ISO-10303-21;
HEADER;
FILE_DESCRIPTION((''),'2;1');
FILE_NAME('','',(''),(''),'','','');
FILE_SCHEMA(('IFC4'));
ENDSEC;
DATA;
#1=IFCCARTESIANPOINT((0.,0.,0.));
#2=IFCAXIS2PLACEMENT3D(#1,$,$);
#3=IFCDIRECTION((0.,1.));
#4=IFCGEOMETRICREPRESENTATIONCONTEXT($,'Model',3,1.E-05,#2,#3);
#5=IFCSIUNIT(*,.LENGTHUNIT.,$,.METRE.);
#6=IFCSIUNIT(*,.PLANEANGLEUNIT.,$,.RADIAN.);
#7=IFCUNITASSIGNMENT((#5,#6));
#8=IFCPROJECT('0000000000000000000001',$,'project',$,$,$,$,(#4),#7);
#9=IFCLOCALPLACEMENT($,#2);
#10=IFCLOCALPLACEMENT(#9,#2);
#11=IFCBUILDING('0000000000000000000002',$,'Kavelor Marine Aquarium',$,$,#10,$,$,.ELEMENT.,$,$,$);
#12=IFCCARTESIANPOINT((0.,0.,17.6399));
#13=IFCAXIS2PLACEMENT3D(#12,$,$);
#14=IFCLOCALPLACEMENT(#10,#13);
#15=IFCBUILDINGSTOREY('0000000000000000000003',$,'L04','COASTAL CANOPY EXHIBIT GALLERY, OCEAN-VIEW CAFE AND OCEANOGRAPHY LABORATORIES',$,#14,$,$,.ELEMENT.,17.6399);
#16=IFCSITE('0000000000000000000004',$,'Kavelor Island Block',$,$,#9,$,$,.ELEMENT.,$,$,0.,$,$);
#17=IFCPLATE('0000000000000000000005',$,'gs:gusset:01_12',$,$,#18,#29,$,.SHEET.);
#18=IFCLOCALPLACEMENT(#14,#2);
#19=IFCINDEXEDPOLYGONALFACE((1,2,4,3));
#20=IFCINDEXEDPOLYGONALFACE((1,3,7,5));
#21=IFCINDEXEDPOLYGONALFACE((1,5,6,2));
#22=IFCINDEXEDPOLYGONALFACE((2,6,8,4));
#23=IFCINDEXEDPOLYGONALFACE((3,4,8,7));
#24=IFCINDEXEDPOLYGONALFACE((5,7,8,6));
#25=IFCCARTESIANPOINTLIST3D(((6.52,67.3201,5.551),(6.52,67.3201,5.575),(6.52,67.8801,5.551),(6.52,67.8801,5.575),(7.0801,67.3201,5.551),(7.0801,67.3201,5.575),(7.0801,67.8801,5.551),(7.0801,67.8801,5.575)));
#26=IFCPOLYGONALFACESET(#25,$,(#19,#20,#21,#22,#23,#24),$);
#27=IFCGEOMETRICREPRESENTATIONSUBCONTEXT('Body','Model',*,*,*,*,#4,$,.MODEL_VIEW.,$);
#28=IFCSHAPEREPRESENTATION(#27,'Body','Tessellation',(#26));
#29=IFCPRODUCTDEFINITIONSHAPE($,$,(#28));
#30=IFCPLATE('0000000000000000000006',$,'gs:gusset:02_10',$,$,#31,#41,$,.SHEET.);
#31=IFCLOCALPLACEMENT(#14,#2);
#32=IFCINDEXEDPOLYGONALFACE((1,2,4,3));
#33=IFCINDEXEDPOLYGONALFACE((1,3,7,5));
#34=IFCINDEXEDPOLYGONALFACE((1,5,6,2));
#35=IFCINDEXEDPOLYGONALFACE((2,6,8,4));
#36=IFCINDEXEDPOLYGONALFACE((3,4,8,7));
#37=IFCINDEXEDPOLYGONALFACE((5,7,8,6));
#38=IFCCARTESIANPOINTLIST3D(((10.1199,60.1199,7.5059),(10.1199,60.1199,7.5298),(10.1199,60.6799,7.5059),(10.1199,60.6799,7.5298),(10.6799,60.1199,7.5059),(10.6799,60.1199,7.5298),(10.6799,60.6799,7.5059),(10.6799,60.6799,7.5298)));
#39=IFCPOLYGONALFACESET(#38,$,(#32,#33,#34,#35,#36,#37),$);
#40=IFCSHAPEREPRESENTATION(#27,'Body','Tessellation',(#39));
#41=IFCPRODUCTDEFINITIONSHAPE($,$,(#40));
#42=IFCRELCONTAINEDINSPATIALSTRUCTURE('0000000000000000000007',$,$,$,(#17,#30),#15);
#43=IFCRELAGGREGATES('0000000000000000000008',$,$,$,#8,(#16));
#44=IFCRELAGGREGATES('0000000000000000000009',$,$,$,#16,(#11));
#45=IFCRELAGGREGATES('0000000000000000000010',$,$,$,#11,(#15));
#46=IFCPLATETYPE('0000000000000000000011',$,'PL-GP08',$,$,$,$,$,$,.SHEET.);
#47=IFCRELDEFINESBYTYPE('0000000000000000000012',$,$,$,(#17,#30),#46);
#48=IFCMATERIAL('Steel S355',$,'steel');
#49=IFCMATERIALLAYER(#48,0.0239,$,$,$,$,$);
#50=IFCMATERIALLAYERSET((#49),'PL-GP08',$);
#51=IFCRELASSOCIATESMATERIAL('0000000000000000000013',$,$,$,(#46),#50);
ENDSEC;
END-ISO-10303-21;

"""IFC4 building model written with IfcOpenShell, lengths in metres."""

from ifc_helpers import new_model, si_unit, direction, frame, origin, origin_2d, place, context, subcontext, project, spatial, rectangle, extrude, material, layer, layer_set, type_object, element, save


model = new_model("IFC4")

# Units and contexts
model_context = context("Model", 3, precision=1e-05, world=origin(), true_north=direction((0.0, 1.0)))
body_context = subcontext(model_context, "Body", "Model", "MODEL_VIEW")
ifc_project = project(units=[si_unit("LENGTHUNIT", "METRE"), si_unit("PLANEANGLEUNIT", "RADIAN")], contexts=[model_context])

# Site, building, storey
site_placement = place(None, origin())
site = spatial("IfcSite", under=ifc_project, at=site_placement, Name="Kavelor Island Block", CompositionType="ELEMENT", RefElevation=0.0)
building_placement = place(site_placement, origin())
building = spatial("IfcBuilding", under=site, at=building_placement, Name="Kavelor Marine Aquarium", CompositionType="ELEMENT")
storey_placement = place(building_placement, frame((0.0, 0.0, 17.6399)))
storey = spatial("IfcBuildingStorey", under=building, at=storey_placement, Name="L04", Description="COASTAL CANOPY EXHIBIT GALLERY, OCEAN-VIEW CAFE AND OCEANOGRAPHY LABORATORIES", CompositionType="ELEMENT", Elevation=17.6399)

# Plates
ifc_material_1 = material(Name="Steel S355", Category="steel")
ifc_layer_1 = layer(ifc_material_1, 0.0239)
ifc_layer_set_1 = layer_set([ifc_layer_1], Name="PL-GP08")
plate_type_1 = type_object("IfcPlateType", Name="PL-GP08", PredefinedType="SHEET", material=ifc_layer_set_1)
for number, where, z_axis, x_axis, name in (
    (1, (6.8, 67.6001, 5.551), (0.0, 0.0, 1.0), (1.0, 0.0, 0.0), "gs:gusset:01_12"),
    (2, (10.3999, 60.3999, 7.5059), (0.0, 0.0, 1.0), (1.0, 0.0, 0.0), "gs:gusset:02_10"),
):
    element("IfcPlate", number, at=place(storey_placement, frame(where, z_axis=z_axis, x_axis=x_axis)), inside=storey, type_object=plate_type_1, Name=name, PredefinedType="SHEET", context=body_context, shape_type="SweptSolid", body=[
        extrude(rectangle(XDim=0.5601, YDim=0.5601, at=origin_2d()), origin(), (0.0, 0.0, 1.0), 0.0239),
    ])

save(model, "model.ifc")
